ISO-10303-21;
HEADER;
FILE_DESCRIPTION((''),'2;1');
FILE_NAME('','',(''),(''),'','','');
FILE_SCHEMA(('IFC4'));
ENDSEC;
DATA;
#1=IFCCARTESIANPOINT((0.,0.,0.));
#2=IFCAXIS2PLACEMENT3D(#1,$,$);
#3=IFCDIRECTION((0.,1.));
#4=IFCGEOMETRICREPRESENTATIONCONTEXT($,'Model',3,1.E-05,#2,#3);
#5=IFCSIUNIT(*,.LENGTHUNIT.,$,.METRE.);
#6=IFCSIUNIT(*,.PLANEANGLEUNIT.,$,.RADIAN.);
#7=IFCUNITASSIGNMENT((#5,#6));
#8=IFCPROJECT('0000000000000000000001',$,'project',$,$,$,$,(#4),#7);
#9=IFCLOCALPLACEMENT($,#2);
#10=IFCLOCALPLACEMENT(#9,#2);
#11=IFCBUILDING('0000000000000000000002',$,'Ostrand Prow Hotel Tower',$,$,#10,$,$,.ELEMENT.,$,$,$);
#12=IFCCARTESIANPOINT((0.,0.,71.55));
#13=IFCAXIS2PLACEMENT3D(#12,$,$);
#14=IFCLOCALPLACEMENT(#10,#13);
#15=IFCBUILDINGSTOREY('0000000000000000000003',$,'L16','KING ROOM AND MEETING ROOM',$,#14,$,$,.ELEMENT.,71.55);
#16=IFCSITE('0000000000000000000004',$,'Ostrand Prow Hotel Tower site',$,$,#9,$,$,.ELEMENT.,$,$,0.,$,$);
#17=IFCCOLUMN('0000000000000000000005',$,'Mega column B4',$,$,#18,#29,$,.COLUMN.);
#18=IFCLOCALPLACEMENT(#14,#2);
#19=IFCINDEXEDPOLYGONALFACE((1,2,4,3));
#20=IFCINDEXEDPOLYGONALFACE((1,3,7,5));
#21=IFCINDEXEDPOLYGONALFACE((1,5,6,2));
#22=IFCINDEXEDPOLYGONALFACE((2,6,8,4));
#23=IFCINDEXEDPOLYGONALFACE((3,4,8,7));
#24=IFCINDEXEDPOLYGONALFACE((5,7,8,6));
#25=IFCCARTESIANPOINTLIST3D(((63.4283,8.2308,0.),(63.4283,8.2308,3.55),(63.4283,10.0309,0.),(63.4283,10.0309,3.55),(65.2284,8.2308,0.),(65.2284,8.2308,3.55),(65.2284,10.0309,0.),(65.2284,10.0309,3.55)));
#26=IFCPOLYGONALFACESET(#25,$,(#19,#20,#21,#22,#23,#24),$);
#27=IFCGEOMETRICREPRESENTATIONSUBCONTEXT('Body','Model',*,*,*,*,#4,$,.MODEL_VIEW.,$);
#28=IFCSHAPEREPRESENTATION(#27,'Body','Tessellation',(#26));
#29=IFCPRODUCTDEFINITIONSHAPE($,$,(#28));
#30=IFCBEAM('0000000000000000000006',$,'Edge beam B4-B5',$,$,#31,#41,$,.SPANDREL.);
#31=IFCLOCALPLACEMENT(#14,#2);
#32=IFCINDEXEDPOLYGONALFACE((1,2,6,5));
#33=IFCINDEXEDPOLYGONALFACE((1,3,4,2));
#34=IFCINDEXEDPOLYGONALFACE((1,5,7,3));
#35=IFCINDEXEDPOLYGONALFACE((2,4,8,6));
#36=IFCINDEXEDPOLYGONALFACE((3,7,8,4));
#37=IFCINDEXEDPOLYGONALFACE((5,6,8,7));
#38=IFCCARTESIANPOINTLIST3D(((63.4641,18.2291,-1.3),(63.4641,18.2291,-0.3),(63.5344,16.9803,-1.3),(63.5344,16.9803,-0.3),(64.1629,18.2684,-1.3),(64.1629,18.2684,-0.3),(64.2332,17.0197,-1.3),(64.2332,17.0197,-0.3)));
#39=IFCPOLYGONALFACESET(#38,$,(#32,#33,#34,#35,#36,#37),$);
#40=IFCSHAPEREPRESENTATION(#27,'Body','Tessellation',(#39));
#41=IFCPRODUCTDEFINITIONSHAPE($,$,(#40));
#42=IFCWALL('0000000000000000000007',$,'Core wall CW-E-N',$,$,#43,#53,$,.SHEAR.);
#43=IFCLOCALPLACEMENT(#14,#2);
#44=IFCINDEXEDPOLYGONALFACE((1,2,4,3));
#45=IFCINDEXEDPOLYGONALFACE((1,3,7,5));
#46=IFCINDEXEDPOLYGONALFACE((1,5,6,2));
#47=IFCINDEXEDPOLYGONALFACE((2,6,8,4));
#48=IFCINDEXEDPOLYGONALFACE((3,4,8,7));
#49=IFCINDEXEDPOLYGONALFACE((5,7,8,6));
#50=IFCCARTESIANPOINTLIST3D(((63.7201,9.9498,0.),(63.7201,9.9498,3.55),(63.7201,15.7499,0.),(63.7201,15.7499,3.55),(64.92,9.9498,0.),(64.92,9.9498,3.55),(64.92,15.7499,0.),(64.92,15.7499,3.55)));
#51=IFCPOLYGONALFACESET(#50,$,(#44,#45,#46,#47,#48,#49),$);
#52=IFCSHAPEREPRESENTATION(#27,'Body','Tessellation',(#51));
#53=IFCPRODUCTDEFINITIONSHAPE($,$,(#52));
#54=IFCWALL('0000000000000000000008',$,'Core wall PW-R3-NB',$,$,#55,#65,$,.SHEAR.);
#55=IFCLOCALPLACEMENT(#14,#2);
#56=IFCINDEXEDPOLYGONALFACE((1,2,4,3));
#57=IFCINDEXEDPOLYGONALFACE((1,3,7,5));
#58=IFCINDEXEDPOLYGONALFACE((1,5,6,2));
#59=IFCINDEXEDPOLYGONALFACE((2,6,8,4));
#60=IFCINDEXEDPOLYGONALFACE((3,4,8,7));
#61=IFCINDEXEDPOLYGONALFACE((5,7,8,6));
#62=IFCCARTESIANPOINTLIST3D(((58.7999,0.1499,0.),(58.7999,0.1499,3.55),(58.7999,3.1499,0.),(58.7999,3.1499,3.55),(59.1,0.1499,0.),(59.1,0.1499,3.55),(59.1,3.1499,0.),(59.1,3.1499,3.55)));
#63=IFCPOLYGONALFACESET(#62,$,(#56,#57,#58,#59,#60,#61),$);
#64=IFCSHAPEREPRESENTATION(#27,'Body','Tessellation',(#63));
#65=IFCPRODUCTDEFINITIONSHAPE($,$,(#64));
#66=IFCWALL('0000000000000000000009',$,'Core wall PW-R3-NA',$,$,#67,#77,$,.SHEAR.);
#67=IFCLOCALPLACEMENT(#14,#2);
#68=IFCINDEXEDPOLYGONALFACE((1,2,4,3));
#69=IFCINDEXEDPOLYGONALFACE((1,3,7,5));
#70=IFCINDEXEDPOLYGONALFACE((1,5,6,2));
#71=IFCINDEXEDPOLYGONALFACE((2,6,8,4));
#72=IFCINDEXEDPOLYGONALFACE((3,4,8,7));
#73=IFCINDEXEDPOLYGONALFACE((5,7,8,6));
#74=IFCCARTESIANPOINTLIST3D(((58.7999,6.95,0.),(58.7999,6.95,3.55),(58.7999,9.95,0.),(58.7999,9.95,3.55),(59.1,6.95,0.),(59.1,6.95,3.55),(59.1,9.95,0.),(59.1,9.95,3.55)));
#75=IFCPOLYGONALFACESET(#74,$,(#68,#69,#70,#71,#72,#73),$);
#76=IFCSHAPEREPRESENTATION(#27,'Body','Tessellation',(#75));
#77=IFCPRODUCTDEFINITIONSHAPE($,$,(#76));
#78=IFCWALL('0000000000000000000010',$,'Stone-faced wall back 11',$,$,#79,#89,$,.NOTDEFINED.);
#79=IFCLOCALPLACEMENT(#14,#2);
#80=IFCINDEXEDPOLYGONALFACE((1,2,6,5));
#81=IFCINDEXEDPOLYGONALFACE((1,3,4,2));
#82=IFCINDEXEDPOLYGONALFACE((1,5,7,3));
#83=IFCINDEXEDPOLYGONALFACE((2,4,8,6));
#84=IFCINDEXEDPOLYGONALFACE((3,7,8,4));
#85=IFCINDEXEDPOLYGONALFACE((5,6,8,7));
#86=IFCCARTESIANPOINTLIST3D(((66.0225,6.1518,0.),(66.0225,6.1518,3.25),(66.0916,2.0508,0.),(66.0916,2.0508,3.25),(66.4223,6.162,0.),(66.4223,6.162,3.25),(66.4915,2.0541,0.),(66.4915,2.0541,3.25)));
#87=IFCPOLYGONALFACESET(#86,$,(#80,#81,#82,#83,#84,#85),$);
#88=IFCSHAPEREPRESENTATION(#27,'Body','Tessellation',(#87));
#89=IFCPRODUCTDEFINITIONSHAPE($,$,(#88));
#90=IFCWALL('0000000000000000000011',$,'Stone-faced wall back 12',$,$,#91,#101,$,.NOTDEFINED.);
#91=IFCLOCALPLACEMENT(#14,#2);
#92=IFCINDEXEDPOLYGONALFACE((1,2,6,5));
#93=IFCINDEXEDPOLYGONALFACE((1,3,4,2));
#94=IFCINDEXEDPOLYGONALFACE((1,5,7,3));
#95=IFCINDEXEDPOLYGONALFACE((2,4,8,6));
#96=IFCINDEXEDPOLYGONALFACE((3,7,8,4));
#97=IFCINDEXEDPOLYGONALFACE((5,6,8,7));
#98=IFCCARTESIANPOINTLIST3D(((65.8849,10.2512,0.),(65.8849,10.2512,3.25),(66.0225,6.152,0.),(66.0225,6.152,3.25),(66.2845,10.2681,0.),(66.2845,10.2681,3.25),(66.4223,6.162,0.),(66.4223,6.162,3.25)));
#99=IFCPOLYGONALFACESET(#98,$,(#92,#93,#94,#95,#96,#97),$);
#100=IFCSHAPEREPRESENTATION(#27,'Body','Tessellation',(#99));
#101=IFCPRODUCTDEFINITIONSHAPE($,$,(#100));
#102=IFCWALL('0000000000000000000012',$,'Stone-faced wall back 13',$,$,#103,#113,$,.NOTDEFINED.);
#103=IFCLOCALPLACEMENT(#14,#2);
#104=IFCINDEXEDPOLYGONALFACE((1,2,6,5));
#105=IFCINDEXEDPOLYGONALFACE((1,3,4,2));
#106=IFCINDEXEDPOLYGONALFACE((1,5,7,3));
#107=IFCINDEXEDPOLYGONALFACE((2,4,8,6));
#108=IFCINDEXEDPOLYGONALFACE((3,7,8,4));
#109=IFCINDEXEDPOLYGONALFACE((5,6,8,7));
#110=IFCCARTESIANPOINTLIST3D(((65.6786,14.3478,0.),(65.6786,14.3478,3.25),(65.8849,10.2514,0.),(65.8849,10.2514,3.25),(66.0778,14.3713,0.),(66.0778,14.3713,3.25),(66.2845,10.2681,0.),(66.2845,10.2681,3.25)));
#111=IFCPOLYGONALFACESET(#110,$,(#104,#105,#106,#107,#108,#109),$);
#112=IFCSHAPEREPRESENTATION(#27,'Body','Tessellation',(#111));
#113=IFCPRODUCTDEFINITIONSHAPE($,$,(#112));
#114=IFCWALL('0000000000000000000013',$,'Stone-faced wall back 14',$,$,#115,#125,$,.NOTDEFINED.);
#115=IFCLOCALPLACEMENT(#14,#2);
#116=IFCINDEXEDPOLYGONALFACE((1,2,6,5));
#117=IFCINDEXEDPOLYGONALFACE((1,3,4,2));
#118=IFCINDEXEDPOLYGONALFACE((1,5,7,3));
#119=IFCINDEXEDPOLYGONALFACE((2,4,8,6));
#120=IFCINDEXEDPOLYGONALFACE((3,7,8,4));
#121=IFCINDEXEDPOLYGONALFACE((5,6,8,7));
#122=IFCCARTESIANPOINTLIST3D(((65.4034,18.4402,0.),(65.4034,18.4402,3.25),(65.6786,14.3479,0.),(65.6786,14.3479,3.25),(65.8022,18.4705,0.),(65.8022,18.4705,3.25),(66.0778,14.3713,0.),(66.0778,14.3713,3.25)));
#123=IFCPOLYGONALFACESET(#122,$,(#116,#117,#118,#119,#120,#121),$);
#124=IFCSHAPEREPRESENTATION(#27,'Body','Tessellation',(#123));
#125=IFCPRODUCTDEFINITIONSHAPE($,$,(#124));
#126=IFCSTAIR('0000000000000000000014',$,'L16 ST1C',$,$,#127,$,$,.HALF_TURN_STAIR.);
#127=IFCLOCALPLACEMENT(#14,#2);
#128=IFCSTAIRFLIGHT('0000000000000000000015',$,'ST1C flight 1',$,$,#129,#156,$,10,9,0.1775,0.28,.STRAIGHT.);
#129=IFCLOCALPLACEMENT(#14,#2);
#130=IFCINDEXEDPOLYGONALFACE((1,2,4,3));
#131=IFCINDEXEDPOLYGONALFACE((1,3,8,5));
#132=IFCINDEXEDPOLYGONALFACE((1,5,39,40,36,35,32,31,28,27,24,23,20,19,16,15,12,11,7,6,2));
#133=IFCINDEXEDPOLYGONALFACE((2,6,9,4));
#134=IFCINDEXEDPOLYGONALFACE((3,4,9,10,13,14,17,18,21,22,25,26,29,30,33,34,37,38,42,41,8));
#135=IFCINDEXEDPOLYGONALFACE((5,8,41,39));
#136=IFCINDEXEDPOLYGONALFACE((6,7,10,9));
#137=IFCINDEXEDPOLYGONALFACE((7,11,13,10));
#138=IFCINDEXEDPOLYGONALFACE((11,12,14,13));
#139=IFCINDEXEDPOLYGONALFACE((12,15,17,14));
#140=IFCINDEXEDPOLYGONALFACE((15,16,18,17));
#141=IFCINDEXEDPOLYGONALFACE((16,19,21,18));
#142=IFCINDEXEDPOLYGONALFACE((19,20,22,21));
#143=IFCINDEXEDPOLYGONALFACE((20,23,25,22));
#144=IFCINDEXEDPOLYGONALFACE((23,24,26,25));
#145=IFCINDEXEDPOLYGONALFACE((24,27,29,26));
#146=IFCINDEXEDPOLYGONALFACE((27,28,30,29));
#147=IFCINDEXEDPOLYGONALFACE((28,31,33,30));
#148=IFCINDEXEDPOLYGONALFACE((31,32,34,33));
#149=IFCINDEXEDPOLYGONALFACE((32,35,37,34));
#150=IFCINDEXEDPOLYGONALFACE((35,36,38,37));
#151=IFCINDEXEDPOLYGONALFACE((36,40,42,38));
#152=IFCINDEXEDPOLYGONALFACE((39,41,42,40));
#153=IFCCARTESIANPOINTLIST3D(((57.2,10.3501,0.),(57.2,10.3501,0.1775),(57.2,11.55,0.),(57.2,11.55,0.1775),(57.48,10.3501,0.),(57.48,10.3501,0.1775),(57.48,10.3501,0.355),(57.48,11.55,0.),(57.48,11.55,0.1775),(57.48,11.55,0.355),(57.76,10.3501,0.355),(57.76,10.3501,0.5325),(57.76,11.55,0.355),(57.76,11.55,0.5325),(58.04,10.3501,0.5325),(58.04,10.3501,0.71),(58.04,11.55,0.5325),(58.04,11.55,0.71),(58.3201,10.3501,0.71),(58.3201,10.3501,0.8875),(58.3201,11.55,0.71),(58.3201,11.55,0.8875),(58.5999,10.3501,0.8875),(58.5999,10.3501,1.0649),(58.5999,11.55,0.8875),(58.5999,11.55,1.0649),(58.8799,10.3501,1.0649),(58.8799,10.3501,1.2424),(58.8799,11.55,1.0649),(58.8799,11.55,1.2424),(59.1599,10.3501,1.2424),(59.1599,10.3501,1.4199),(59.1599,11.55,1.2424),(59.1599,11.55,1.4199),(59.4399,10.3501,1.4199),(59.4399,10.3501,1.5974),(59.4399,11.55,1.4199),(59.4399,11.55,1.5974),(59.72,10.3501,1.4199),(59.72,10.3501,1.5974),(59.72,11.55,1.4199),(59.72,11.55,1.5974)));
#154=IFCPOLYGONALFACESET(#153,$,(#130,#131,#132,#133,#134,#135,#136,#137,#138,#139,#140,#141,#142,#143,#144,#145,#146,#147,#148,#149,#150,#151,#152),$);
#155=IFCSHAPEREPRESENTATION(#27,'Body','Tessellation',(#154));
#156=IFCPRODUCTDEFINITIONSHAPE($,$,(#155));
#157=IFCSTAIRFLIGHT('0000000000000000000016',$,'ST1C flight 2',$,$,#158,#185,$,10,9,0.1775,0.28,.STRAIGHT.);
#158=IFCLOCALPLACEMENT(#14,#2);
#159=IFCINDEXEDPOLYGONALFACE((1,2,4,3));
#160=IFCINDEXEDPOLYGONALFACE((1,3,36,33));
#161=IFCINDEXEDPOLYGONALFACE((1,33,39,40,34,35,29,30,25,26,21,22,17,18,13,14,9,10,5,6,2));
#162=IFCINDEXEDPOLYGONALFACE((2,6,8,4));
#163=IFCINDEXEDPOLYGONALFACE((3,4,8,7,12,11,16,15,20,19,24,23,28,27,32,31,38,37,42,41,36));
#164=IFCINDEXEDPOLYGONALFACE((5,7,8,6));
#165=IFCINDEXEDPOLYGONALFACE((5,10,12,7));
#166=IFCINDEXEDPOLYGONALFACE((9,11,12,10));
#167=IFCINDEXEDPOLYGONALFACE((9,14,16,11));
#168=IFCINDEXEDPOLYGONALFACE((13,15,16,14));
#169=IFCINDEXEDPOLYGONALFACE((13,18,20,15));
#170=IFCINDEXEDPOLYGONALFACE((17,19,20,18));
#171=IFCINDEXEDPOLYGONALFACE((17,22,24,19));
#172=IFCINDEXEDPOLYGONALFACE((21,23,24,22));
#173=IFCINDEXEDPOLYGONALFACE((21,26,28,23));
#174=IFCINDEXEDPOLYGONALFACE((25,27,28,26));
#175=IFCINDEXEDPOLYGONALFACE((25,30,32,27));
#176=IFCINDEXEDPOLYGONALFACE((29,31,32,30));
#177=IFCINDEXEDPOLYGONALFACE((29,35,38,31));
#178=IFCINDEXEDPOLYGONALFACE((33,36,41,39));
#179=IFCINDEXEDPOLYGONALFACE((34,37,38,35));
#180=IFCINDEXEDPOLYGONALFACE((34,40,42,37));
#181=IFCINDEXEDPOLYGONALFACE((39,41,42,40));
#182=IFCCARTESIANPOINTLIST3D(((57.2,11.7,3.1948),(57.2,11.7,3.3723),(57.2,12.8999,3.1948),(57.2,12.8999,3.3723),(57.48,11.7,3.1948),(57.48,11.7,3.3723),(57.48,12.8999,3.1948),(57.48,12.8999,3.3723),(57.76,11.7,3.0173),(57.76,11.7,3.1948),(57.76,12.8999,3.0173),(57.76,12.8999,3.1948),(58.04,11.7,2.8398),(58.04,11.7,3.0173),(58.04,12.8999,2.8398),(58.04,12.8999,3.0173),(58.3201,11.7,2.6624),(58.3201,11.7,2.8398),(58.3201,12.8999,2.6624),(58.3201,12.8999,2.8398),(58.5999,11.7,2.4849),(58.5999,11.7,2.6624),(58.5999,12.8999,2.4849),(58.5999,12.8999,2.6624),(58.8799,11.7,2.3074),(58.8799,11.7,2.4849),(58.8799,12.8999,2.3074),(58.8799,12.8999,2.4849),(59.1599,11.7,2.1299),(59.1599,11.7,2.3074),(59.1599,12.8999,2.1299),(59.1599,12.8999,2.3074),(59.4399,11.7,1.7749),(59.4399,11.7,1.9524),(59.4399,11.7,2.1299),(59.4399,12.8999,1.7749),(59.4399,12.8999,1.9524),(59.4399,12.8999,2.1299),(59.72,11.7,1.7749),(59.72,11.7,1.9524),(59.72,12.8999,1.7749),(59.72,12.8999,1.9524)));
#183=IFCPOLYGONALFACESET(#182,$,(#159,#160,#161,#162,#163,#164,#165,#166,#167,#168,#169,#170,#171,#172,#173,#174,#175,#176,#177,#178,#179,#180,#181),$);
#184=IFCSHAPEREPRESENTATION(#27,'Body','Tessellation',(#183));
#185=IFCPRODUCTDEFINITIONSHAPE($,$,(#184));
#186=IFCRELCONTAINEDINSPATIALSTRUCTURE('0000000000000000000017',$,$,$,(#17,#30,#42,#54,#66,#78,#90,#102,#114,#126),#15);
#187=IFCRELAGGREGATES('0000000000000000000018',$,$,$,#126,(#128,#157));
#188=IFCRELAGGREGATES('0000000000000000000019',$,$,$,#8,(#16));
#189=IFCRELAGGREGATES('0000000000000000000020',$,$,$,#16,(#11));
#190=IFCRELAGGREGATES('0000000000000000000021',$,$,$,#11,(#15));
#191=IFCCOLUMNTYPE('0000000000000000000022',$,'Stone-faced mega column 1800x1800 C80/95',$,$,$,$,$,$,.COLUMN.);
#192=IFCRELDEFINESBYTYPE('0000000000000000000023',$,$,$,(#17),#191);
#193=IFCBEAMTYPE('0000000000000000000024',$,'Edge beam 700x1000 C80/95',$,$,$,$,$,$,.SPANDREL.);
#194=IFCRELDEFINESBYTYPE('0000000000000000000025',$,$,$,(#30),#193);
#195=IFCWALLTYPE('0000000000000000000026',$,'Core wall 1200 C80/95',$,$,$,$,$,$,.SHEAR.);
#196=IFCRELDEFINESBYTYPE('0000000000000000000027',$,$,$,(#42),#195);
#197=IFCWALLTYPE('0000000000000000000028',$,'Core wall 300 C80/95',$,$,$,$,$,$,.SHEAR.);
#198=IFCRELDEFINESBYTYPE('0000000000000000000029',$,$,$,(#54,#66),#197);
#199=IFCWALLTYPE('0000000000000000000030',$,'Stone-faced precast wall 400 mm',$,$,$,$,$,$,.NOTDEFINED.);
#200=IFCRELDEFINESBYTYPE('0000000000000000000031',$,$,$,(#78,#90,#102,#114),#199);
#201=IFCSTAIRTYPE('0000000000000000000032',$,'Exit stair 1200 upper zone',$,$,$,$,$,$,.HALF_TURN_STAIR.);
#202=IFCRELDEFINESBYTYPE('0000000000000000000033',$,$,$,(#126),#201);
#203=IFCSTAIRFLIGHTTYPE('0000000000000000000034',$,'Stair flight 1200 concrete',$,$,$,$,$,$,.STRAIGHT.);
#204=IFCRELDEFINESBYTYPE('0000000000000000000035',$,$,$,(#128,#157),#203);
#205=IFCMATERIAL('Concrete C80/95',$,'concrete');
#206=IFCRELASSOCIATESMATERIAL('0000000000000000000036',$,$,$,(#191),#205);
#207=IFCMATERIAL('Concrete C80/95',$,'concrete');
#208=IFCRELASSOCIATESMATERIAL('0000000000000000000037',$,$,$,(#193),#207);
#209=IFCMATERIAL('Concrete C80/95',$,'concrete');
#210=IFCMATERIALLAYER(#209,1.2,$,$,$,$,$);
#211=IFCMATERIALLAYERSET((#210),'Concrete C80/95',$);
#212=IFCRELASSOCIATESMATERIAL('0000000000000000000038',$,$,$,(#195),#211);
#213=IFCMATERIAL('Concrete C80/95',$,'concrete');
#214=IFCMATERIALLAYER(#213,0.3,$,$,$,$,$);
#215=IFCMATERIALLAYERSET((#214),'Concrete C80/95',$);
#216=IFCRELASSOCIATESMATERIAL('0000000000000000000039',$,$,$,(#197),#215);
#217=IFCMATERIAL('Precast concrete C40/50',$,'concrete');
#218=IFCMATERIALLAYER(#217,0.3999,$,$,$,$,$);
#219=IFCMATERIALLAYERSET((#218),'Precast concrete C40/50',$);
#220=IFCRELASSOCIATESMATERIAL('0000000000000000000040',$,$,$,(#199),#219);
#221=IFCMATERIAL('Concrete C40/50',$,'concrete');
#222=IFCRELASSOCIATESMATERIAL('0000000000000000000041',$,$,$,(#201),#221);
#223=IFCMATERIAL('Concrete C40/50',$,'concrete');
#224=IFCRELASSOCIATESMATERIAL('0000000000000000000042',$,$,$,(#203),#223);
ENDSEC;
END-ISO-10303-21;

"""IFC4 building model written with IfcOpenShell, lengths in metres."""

from ifc_helpers import new_model, si_unit, direction, frame, frame_2d, origin, origin_2d, place, context, subcontext, project, spatial, polyline, rectangle, outline, extrude, material, layer, layer_set, material_profile, profile_set, type_object, element, aggregate, save


model = new_model("IFC4")

# Units and contexts
model_context = context("Model", 3, precision=1e-05, world=origin(), true_north=direction((0.0, 1.0)))
body_context = subcontext(model_context, "Body", "Model", "MODEL_VIEW")
ifc_project = project(units=[si_unit("LENGTHUNIT", "METRE"), si_unit("PLANEANGLEUNIT", "RADIAN")], contexts=[model_context])

# Site, building, storey
site_placement = place(None, origin())
site = spatial("IfcSite", under=ifc_project, at=site_placement, Name="Ostrand Prow Hotel Tower site", CompositionType="ELEMENT", RefElevation=0.0)
building_placement = place(site_placement, origin())
building = spatial("IfcBuilding", under=site, at=building_placement, Name="Ostrand Prow Hotel Tower", CompositionType="ELEMENT")
storey_placement = place(building_placement, frame((0.0, 0.0, 71.55)))
storey = spatial("IfcBuildingStorey", under=building, at=storey_placement, Name="L16", Description="KING ROOM AND MEETING ROOM", CompositionType="ELEMENT", Elevation=71.55)

# Column
ifc_material_1 = material(Name="Concrete C80/95", Category="concrete")
ifc_material_profile_1 = material_profile(ifc_material_1, rectangle(XDim=1.8, YDim=1.8, at=origin_2d()), Name="RC 1800x1800")
ifc_profile_set_1 = profile_set([ifc_material_profile_1], Name="Concrete C80/95")
column_type = type_object("IfcColumnType", Name="Stone-faced mega column 1800x1800 C80/95", PredefinedType="COLUMN", material=ifc_profile_set_1)
column_placement = place(storey_placement, frame((64.3284, 9.1309, 0.0), z_axis=(0.0, 0.0, 1.0), x_axis=(1.0, 0.0, 0.0)))
element("IfcColumn", 1, at=column_placement, inside=storey, type_object=column_type, Name="Mega column B4", PredefinedType="COLUMN", context=body_context, shape_type="SweptSolid", body=[
    extrude(rectangle(XDim=1.8, YDim=1.8, at=origin_2d()), origin(), (0.0, 0.0, 1.0), 3.55),
])

# Beam
ifc_material_2 = material(Name="Concrete C80/95", Category="concrete")
ifc_material_profile_2 = material_profile(ifc_material_2, rectangle(XDim=0.7, YDim=1.0, at=origin_2d()), Name="RC 700x1000")
ifc_profile_set_2 = profile_set([ifc_material_profile_2], Name="Concrete C80/95")
beam_type = type_object("IfcBeamType", Name="Edge beam 700x1000 C80/95", PredefinedType="SPANDREL", material=ifc_profile_set_2)
beam_placement = place(storey_placement, frame((63.8838, 17.0, -0.8), z_axis=(-0.056216, 0.998419, 0.0), x_axis=(-0.998419, -0.056216, 0.0)))
element("IfcBeam", 2, at=beam_placement, inside=storey, type_object=beam_type, Name="Edge beam B4-B5", PredefinedType="SPANDREL", context=body_context, shape_type="SweptSolid", body=[
    extrude(rectangle(XDim=0.7, YDim=1.0, at=origin_2d()), origin(), (0.0, 0.0, 1.0), 1.2507),
])

# Walls
ifc_material_3 = material(Name="Concrete C80/95", Category="concrete")
ifc_layer_1 = layer(ifc_material_3, 1.2)
ifc_layer_set_1 = layer_set([ifc_layer_1], Name="Concrete C80/95")
wall_type_1 = type_object("IfcWallType", Name="Core wall 1200 C80/95", PredefinedType="SHEAR", material=ifc_layer_set_1)
wall_placement = place(storey_placement, frame((64.3201, 9.95, 0.0), z_axis=(0.0, 0.0, 1.0), x_axis=(0.0, 1.0, 0.0)))
element("IfcWall", 3, at=wall_placement, inside=storey, type_object=wall_type_1, Name="Core wall CW-E-N", PredefinedType="SHEAR", context=body_context, shape_type="SweptSolid", body=[
    extrude(rectangle(XDim=5.8, YDim=1.2, at=frame_2d((2.8999, 0.0))), origin(), (0.0, 0.0, 1.0), 3.55),
])
ifc_material_4 = material(Name="Concrete C80/95", Category="concrete")
ifc_layer_2 = layer(ifc_material_4, 0.3)
ifc_layer_set_2 = layer_set([ifc_layer_2], Name="Concrete C80/95")
wall_type_2 = type_object("IfcWallType", Name="Core wall 300 C80/95", PredefinedType="SHEAR", material=ifc_layer_set_2)
for number, where, z_axis, x_axis, name in (
    (4, (58.95, 0.1499, 0.0), (0.0, 0.0, 1.0), (0.0, 1.0, 0.0), "Core wall PW-R3-NB"),
    (5, (58.95, 6.95, 0.0), (0.0, 0.0, 1.0), (0.0, 1.0, 0.0), "Core wall PW-R3-NA"),
):
    element("IfcWall", number, at=place(storey_placement, frame(where, z_axis=z_axis, x_axis=x_axis)), inside=storey, type_object=wall_type_2, Name=name, PredefinedType="SHEAR", context=body_context, shape_type="SweptSolid", body=[
        extrude(rectangle(XDim=3.0, YDim=0.3, at=frame_2d((1.5, 0.0))), origin(), (0.0, 0.0, 1.0), 3.55),
    ])
ifc_material_5 = material(Name="Precast concrete C40/50", Category="concrete")
ifc_layer_3 = layer(ifc_material_5, 0.3999)
ifc_layer_set_3 = layer_set([ifc_layer_3], Name="Precast concrete C40/50")
wall_type_3 = type_object("IfcWallType", Name="Stone-faced precast wall 400 mm", PredefinedType="NOTDEFINED", material=ifc_layer_set_3)
for number, where, z_axis, x_axis, name in (
    (6, (66.2915, 2.0525, 0.0), (0.0, 0.0, 1.0), (-0.016831, 0.999858, 0.0), "Stone-faced wall back 11"),
    (7, (66.2224, 6.157, 0.0), (0.0, 0.0, 1.0), (-0.033543, 0.999437, 0.0), "Stone-faced wall back 12"),
    (8, (66.0847, 10.2598, 0.0), (0.0, 0.0, 1.0), (-0.050314, 0.998733, 0.0), "Stone-faced wall back 13"),
    (9, (65.8782, 14.3596, 0.0), (0.0, 0.0, 1.0), (-0.067087, 0.997747, 0.0), "Stone-faced wall back 14"),
):
    element("IfcWall", number, at=place(storey_placement, frame(where, z_axis=z_axis, x_axis=x_axis)), inside=storey, type_object=wall_type_3, Name=name, PredefinedType="NOTDEFINED", context=body_context, shape_type="SweptSolid", body=[
        extrude(outline(polyline([(-0.0017, -0.2), (4.1067, -0.2), (4.1033, 0.2), (0.0017, 0.2), (-0.0017, -0.2)])), origin(), (0.0, 0.0, 1.0), 3.25),
    ])

# Stair, stair flights
ifc_material_6 = material(Name="Concrete C40/50", Category="concrete")
stair_type = type_object("IfcStairType", Name="Exit stair 1200 upper zone", PredefinedType="HALF_TURN_STAIR", material=ifc_material_6)
stair_1_placement = place(storey_placement, origin())
stair_1 = element("IfcStair", 10, at=stair_1_placement, inside=storey, type_object=stair_type, Name="L16 ST1C", PredefinedType="HALF_TURN_STAIR")
ifc_material_7 = material(Name="Concrete C40/50", Category="concrete")
stair_flight_type = type_object("IfcStairFlightType", Name="Stair flight 1200 concrete", PredefinedType="STRAIGHT", material=ifc_material_7)
stair_flight_1_placement = place(storey_placement, frame((57.2, 10.95, 0.0), z_axis=(0.0, 0.0, 1.0), x_axis=(1.0, 0.0, 0.0)))
stair_flight_1 = element("IfcStairFlight", 11, at=stair_flight_1_placement, type_object=stair_flight_type, Name="ST1C flight 1", NumberOfRisers=10, NumberOfTreads=9, PredefinedType="STRAIGHT", RiserHeight=0.1775, TreadLength=0.28, context=body_context, shape_type="SweptSolid", body=[
    extrude(outline(polyline([(0.0, 0.0), (0.0, 0.1775), (0.28, 0.1775), (0.28, 0.355), (0.5601, 0.355), (0.5601, 0.5325), (0.8401, 0.5325), (0.8401, 0.71), (1.1201, 0.71), (1.1201, 0.8875), (1.3999, 0.8875), (1.3999, 1.0649), (1.6799, 1.0649), (1.6799, 1.2424), (1.96, 1.2424), (1.96, 1.4199), (2.24, 1.4199), (2.24, 1.5974), (2.52, 1.5974), (2.52, 1.7749), (2.52, 1.4199), (0.28, 0.0), (0.0, 0.0)])), frame((0.0, 0.6001, 0.0), z_axis=(0.0, -1.0, 0.0), x_axis=(1.0, 0.0, 0.0)), (0.0, 0.0, 1.0), 1.2),
])
stair_flight_2_placement = place(storey_placement, frame((59.72, 12.3, 1.7749), z_axis=(0.0, 0.0, 1.0), x_axis=(-1.0, 0.0, 0.0)))
stair_flight_2 = element("IfcStairFlight", 12, at=stair_flight_2_placement, type_object=stair_flight_type, Name="ST1C flight 2", NumberOfRisers=10, NumberOfTreads=9, PredefinedType="STRAIGHT", RiserHeight=0.1775, TreadLength=0.28, context=body_context, shape_type="SweptSolid", body=[
    extrude(outline(polyline([(0.0, 0.0), (0.0, 0.1775), (0.28, 0.1775), (0.28, 0.355), (0.5601, 0.355), (0.5601, 0.5325), (0.8401, 0.5325), (0.8401, 0.71), (1.1201, 0.71), (1.1201, 0.8875), (1.3999, 0.8875), (1.3999, 1.0649), (1.6799, 1.0649), (1.6799, 1.2424), (1.96, 1.2424), (1.96, 1.4199), (2.24, 1.4199), (2.24, 1.5974), (2.52, 1.5974), (2.52, 1.7749), (2.52, 1.4199), (0.28, 0.0), (0.0, 0.0)])), frame((0.0, 0.6001, 0.0), z_axis=(0.0, -1.0, 0.0), x_axis=(1.0, 0.0, 0.0)), (0.0, 0.0, 1.0), 1.2),
])
aggregate(stair_1, [stair_flight_1, stair_flight_2])

save(model, "model.ifc")
